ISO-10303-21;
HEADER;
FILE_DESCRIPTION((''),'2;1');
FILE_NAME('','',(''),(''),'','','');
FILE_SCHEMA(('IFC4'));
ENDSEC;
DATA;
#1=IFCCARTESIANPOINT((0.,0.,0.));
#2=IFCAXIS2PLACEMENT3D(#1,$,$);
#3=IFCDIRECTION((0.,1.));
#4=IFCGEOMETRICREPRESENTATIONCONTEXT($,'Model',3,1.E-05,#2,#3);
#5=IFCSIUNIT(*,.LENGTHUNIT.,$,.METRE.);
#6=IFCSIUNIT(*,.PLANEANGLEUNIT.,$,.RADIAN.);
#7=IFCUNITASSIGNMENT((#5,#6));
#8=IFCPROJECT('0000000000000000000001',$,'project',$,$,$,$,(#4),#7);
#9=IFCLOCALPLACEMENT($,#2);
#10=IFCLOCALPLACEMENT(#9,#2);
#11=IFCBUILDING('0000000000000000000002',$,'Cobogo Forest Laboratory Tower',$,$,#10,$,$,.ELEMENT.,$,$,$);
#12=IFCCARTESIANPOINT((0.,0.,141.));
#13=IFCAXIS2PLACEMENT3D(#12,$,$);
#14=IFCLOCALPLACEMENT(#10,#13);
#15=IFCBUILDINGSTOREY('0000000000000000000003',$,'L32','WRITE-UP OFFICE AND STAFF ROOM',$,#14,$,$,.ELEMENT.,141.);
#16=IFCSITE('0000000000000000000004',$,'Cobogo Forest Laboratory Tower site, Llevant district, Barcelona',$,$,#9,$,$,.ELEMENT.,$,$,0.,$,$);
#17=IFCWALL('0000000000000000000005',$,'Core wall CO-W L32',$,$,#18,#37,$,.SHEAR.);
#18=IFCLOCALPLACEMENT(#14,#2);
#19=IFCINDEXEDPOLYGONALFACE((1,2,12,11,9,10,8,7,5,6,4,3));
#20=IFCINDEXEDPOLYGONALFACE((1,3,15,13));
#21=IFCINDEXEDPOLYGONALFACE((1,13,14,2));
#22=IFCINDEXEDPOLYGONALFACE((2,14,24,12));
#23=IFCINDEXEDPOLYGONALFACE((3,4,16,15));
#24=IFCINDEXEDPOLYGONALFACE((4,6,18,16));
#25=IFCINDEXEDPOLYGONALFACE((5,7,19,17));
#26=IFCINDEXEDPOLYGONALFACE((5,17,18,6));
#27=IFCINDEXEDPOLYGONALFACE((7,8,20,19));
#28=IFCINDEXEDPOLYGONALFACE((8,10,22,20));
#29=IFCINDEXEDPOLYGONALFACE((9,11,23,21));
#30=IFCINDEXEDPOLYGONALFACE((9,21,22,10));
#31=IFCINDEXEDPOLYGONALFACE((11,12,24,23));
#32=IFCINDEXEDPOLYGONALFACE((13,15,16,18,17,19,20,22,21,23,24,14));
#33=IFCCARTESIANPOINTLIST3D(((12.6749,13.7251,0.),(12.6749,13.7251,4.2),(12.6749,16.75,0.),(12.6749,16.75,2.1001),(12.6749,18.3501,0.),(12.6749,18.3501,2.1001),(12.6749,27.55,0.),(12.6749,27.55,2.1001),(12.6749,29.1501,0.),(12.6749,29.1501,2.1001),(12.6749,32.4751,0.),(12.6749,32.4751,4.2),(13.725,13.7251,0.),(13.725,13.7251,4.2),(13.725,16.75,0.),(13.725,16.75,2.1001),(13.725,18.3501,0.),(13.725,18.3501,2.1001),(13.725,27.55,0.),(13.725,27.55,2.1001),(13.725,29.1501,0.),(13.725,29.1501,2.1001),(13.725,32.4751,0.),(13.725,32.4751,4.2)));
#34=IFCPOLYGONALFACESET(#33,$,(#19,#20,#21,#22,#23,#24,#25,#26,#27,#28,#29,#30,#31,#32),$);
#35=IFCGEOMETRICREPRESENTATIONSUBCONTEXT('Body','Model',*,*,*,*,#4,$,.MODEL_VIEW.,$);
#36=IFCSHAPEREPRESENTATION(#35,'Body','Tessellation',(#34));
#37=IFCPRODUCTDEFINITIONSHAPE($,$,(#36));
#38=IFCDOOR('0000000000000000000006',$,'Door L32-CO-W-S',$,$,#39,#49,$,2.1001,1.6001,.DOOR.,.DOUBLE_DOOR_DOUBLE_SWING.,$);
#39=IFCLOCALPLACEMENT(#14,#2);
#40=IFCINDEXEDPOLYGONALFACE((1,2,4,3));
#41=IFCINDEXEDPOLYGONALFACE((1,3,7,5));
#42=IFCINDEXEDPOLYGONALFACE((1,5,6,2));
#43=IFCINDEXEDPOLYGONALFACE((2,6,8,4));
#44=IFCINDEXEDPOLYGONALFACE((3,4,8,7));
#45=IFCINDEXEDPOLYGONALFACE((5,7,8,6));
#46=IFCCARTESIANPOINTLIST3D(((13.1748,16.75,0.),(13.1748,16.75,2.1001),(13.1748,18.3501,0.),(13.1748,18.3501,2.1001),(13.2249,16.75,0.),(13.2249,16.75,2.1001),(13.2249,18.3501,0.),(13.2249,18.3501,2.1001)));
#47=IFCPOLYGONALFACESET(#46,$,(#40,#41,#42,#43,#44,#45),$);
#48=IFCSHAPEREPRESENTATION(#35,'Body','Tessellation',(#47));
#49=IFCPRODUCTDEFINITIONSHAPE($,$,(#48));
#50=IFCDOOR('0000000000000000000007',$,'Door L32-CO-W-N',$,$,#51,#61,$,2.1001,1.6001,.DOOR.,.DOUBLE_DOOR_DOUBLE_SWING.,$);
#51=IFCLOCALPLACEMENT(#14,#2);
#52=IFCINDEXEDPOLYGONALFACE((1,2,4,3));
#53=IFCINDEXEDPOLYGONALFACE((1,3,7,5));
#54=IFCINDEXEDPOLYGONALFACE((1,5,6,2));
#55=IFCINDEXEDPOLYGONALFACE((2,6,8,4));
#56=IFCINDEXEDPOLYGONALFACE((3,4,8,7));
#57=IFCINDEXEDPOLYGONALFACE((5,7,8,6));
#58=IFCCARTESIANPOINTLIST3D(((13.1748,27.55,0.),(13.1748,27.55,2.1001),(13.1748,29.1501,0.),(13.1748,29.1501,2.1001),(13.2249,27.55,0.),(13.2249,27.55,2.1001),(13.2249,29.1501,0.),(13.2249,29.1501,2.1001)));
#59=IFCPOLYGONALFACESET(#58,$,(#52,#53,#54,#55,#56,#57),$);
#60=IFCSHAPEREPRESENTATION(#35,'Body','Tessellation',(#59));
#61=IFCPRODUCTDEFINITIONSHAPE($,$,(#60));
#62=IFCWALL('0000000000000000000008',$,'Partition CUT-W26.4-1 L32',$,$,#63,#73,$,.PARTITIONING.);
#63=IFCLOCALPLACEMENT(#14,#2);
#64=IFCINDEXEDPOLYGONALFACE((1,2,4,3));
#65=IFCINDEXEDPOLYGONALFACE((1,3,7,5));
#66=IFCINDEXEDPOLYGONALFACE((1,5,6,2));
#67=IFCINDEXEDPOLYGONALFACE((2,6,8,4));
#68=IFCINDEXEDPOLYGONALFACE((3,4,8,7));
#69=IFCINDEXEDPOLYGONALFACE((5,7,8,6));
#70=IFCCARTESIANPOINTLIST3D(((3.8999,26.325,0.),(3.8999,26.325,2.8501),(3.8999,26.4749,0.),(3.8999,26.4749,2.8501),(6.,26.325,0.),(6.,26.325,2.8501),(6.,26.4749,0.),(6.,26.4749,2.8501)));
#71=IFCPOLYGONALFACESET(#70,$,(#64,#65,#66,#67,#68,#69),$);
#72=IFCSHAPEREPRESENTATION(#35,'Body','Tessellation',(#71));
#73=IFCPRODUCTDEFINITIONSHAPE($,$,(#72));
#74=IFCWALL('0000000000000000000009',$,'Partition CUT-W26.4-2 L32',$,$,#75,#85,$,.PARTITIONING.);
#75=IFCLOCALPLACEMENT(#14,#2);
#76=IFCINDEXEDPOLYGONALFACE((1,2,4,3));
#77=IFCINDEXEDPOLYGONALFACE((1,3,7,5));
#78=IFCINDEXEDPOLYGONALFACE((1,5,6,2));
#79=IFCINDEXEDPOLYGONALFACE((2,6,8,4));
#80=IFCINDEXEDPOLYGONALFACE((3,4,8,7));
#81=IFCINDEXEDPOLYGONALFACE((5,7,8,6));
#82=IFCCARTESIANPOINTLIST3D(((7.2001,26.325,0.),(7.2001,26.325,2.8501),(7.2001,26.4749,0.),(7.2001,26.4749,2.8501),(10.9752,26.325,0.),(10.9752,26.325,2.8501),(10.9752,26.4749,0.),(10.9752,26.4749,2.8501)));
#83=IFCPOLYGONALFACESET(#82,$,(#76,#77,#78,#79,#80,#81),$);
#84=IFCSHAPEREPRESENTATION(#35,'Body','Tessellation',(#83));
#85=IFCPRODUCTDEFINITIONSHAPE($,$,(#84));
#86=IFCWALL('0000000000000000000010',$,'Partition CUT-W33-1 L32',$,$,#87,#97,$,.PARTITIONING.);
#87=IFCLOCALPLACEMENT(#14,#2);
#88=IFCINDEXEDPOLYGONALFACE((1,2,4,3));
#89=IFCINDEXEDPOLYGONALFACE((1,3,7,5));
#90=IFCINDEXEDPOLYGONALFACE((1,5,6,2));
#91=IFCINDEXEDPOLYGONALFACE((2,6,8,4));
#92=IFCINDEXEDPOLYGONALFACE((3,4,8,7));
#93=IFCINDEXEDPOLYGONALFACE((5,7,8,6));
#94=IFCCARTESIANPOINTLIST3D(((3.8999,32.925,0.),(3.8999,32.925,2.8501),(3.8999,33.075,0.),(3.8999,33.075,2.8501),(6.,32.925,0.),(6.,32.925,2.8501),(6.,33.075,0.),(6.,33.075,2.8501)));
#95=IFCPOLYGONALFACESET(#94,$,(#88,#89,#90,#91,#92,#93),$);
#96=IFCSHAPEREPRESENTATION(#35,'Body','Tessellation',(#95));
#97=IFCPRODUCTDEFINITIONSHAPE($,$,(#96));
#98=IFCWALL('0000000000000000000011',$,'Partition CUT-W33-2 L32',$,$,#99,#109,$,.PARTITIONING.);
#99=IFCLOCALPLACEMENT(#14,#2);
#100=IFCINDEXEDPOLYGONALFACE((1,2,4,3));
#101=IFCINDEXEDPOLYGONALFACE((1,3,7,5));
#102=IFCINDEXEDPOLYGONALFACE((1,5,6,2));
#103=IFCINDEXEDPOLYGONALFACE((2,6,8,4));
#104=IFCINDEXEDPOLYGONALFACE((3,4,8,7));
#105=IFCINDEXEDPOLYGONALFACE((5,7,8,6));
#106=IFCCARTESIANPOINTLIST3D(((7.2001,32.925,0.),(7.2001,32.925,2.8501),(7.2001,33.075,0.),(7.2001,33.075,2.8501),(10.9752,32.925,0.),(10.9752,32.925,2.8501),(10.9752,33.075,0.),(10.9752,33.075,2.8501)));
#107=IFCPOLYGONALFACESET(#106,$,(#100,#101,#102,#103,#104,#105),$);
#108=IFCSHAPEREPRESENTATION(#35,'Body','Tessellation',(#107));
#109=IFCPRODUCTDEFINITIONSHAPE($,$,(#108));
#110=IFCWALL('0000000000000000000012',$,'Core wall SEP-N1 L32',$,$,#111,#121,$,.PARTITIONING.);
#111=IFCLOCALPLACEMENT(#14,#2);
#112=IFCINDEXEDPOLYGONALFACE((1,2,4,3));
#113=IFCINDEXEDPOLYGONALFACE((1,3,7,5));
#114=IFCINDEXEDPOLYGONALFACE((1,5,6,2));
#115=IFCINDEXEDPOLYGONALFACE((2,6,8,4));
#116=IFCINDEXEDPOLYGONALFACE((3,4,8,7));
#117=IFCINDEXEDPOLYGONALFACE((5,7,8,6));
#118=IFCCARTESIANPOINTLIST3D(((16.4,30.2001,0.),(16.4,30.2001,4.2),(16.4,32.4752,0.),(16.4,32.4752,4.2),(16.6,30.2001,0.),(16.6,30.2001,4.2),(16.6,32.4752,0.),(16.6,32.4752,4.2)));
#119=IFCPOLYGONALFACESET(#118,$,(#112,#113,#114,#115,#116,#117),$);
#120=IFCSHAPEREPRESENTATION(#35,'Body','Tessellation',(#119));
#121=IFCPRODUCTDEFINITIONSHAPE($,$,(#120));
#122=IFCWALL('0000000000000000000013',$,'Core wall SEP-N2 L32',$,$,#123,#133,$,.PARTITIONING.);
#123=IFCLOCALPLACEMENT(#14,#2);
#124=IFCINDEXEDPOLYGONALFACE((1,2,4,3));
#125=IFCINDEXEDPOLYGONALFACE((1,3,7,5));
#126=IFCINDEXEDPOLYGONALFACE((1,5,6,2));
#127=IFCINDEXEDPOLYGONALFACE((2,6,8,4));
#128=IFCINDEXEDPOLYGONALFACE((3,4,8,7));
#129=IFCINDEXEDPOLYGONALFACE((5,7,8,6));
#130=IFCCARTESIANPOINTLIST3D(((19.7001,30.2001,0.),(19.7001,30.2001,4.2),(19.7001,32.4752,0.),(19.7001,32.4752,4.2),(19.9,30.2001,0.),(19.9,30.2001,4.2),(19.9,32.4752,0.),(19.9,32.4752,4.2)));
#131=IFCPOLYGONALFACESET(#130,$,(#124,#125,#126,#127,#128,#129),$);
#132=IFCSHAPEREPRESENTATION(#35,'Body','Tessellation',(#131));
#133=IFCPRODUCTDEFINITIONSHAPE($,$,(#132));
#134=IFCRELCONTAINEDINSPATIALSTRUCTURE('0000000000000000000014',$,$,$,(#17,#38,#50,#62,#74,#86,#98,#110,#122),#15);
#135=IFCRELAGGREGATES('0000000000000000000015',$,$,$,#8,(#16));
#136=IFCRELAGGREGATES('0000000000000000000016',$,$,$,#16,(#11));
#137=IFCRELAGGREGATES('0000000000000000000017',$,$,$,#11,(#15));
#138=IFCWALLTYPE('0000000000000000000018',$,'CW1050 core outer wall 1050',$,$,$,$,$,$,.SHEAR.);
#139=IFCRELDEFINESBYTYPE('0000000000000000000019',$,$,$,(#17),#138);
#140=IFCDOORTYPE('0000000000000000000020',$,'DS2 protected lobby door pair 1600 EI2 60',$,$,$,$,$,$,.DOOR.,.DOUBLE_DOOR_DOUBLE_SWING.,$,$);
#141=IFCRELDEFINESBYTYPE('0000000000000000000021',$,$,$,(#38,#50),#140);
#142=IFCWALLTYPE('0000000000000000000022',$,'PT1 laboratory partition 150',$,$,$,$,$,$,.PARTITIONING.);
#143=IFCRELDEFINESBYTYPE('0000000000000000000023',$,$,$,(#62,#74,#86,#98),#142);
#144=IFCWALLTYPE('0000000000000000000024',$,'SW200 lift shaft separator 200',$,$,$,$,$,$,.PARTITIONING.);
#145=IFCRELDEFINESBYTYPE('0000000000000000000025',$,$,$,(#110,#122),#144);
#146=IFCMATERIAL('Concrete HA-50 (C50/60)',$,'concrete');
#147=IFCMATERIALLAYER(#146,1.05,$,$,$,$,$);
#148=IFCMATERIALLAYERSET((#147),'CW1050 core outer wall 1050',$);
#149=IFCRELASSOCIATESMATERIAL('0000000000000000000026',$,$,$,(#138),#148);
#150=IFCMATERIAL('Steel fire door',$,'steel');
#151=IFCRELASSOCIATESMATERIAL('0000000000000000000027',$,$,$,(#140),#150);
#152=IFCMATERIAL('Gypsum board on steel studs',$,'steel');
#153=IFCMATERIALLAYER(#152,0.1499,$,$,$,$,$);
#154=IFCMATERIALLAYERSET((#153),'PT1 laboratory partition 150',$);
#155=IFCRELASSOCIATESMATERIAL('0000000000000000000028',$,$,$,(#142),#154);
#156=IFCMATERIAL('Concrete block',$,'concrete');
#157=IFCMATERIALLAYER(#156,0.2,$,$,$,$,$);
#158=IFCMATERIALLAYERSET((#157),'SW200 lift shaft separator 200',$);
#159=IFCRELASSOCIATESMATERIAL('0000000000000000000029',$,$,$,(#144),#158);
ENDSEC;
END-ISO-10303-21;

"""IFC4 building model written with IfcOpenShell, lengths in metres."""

from ifc_helpers import new_model, si_unit, direction, frame, frame_2d, origin, place, context, subcontext, project, spatial, rectangle, extrude, material, layer, layer_set, type_object, element, fill, save


model = new_model("IFC4")

# Units and contexts
model_context = context("Model", 3, precision=1e-05, world=origin(), true_north=direction((0.0, 1.0)))
body_context = subcontext(model_context, "Body", "Model", "MODEL_VIEW")
ifc_project = project(units=[si_unit("LENGTHUNIT", "METRE"), si_unit("PLANEANGLEUNIT", "RADIAN")], contexts=[model_context])

# Site, building, storey
site_placement = place(None, origin())
site = spatial("IfcSite", under=ifc_project, at=site_placement, Name="Cobogo Forest Laboratory Tower site, Llevant district, Barcelona", CompositionType="ELEMENT", RefElevation=0.0)
building_placement = place(site_placement, origin())
building = spatial("IfcBuilding", under=site, at=building_placement, Name="Cobogo Forest Laboratory Tower", CompositionType="ELEMENT")
storey_placement = place(building_placement, frame((0.0, 0.0, 141.0)))
storey = spatial("IfcBuildingStorey", under=building, at=storey_placement, Name="L32", Description="WRITE-UP OFFICE AND STAFF ROOM", CompositionType="ELEMENT", Elevation=141.0)

# Shared definitions
ifc_material_1 = material(Name="Concrete HA-50 (C50/60)", Category="concrete")

# Shared definitions
ifc_material_2 = material(Name="Steel fire door", Category="steel")

# Wall, openings, doors
ifc_layer_1 = layer(ifc_material_1, 1.05)
ifc_layer_set_1 = layer_set([ifc_layer_1], Name="CW1050 core outer wall 1050")
wall_type_1 = type_object("IfcWallType", Name="CW1050 core outer wall 1050", PredefinedType="SHEAR", material=ifc_layer_set_1)
wall_1_placement = place(storey_placement, frame((13.2, 32.4751, 0.0), z_axis=(0.0, 0.0, 1.0), x_axis=(0.0, -1.0, 0.0)))
wall_1 = element("IfcWall", 1, at=wall_1_placement, inside=storey, type_object=wall_type_1, Name="Core wall CO-W L32", PredefinedType="SHEAR", context=body_context, shape_type="SweptSolid", body=[
    extrude(rectangle(XDim=18.75, YDim=1.05, at=frame_2d((9.375, 0.0))), origin(), (0.0, 0.0, 1.0), 4.2),
])
opening_1_placement = place(wall_1_placement, frame((14.125, 0.0, 0.0)))
opening_1 = element("IfcOpeningElement", 2, at=opening_1_placement, cuts=wall_1, PredefinedType="OPENING", context=body_context, shape_type="SweptSolid", body=[
    extrude(rectangle(XDim=1.6001, YDim=2.1001, at=frame_2d((0.8, 1.05))), frame((0.0, 0.5349, 0.0), z_axis=(0.0, -1.0, 0.0), x_axis=(1.0, 0.0, 0.0)), (0.0, 0.0, 1.0), 1.0701),
])
opening_2_placement = place(wall_1_placement, frame((3.325, 0.0, 0.0)))
opening_2 = element("IfcOpeningElement", 3, at=opening_2_placement, cuts=wall_1, PredefinedType="OPENING", context=body_context, shape_type="SweptSolid", body=[
    extrude(rectangle(XDim=1.6001, YDim=2.1001, at=frame_2d((0.8, 1.05))), frame((0.0, 0.5349, 0.0), z_axis=(0.0, -1.0, 0.0), x_axis=(1.0, 0.0, 0.0)), (0.0, 0.0, 1.0), 1.0701),
])
door_type_1 = type_object("IfcDoorType", Name="DS2 protected lobby door pair 1600 EI2 60", OperationType="DOUBLE_DOOR_DOUBLE_SWING", PredefinedType="DOOR", material=ifc_material_2)
door_1_placement = place(opening_1_placement, origin())
door_1 = element("IfcDoor", 4, at=door_1_placement, inside=storey, type_object=door_type_1, Name="Door L32-CO-W-S", OperationType="DOUBLE_DOOR_DOUBLE_SWING", OverallHeight=2.1001, OverallWidth=1.6001, PredefinedType="DOOR", context=body_context, shape_type="SweptSolid", body=[
    extrude(rectangle(XDim=1.6001, YDim=2.1001, at=frame_2d((0.8, 1.05))), frame((0.0, 0.0249, 0.0), z_axis=(0.0, -1.0, 0.0), x_axis=(1.0, 0.0, 0.0)), (0.0, 0.0, 1.0), 0.05),
])
fill(opening_1, door_1)
door_2_placement = place(opening_2_placement, origin())
door_2 = element("IfcDoor", 5, at=door_2_placement, inside=storey, type_object=door_type_1, Name="Door L32-CO-W-N", OperationType="DOUBLE_DOOR_DOUBLE_SWING", OverallHeight=2.1001, OverallWidth=1.6001, PredefinedType="DOOR", context=body_context, shape_type="SweptSolid", body=[
    extrude(rectangle(XDim=1.6001, YDim=2.1001, at=frame_2d((0.8, 1.05))), frame((0.0, 0.0249, 0.0), z_axis=(0.0, -1.0, 0.0), x_axis=(1.0, 0.0, 0.0)), (0.0, 0.0, 1.0), 0.05),
])
fill(opening_2, door_2)

# Walls
ifc_material_3 = material(Name="Gypsum board on steel studs", Category="steel")
ifc_layer_2 = layer(ifc_material_3, 0.1499)
ifc_layer_set_2 = layer_set([ifc_layer_2], Name="PT1 laboratory partition 150")
wall_type_2 = type_object("IfcWallType", Name="PT1 laboratory partition 150", PredefinedType="PARTITIONING", material=ifc_layer_set_2)
wall_2_placement = place(storey_placement, frame((3.8999, 26.3999, 0.0), z_axis=(0.0, 0.0, 1.0), x_axis=(1.0, 0.0, 0.0)))
element("IfcWall", 6, at=wall_2_placement, inside=storey, type_object=wall_type_2, Name="Partition CUT-W26.4-1 L32", PredefinedType="PARTITIONING", context=body_context, shape_type="SweptSolid", body=[
    extrude(rectangle(XDim=2.1001, YDim=0.1499, at=frame_2d((1.05, 0.0))), origin(), (0.0, 0.0, 1.0), 2.8501),
])
wall_3_placement = place(storey_placement, frame((7.2, 26.3999, 0.0), z_axis=(0.0, 0.0, 1.0), x_axis=(1.0, 0.0, 0.0)))
element("IfcWall", 7, at=wall_3_placement, inside=storey, type_object=wall_type_2, Name="Partition CUT-W26.4-2 L32", PredefinedType="PARTITIONING", context=body_context, shape_type="SweptSolid", body=[
    extrude(rectangle(XDim=3.7751, YDim=0.1499, at=frame_2d((1.8877, 0.0))), origin(), (0.0, 0.0, 1.0), 2.8501),
])
wall_4_placement = place(storey_placement, frame((3.8999, 33.0, 0.0), z_axis=(0.0, 0.0, 1.0), x_axis=(1.0, 0.0, 0.0)))
element("IfcWall", 8, at=wall_4_placement, inside=storey, type_object=wall_type_2, Name="Partition CUT-W33-1 L32", PredefinedType="PARTITIONING", context=body_context, shape_type="SweptSolid", body=[
    extrude(rectangle(XDim=2.1001, YDim=0.1499, at=frame_2d((1.05, 0.0))), origin(), (0.0, 0.0, 1.0), 2.8501),
])
wall_5_placement = place(storey_placement, frame((7.2, 33.0, 0.0), z_axis=(0.0, 0.0, 1.0), x_axis=(1.0, 0.0, 0.0)))
element("IfcWall", 9, at=wall_5_placement, inside=storey, type_object=wall_type_2, Name="Partition CUT-W33-2 L32", PredefinedType="PARTITIONING", context=body_context, shape_type="SweptSolid", body=[
    extrude(rectangle(XDim=3.7751, YDim=0.1499, at=frame_2d((1.8877, 0.0))), origin(), (0.0, 0.0, 1.0), 2.8501),
])
ifc_material_4 = material(Name="Concrete block", Category="concrete")
ifc_layer_3 = layer(ifc_material_4, 0.2)
ifc_layer_set_3 = layer_set([ifc_layer_3], Name="SW200 lift shaft separator 200")
wall_type_3 = type_object("IfcWallType", Name="SW200 lift shaft separator 200", PredefinedType="PARTITIONING", material=ifc_layer_set_3)
for number, where, z_axis, x_axis, name in (
    (10, (16.5, 30.2, 0.0), (0.0, 0.0, 1.0), (0.0, 1.0, 0.0), "Core wall SEP-N1 L32"),
    (11, (19.8, 30.2, 0.0), (0.0, 0.0, 1.0), (0.0, 1.0, 0.0), "Core wall SEP-N2 L32"),
):
    element("IfcWall", number, at=place(storey_placement, frame(where, z_axis=z_axis, x_axis=x_axis)), inside=storey, type_object=wall_type_3, Name=name, PredefinedType="PARTITIONING", context=body_context, shape_type="SweptSolid", body=[
        extrude(rectangle(XDim=2.2751, YDim=0.2, at=frame_2d((1.1377, 0.0))), origin(), (0.0, 0.0, 1.0), 4.2),
    ])

save(model, "model.ifc")
